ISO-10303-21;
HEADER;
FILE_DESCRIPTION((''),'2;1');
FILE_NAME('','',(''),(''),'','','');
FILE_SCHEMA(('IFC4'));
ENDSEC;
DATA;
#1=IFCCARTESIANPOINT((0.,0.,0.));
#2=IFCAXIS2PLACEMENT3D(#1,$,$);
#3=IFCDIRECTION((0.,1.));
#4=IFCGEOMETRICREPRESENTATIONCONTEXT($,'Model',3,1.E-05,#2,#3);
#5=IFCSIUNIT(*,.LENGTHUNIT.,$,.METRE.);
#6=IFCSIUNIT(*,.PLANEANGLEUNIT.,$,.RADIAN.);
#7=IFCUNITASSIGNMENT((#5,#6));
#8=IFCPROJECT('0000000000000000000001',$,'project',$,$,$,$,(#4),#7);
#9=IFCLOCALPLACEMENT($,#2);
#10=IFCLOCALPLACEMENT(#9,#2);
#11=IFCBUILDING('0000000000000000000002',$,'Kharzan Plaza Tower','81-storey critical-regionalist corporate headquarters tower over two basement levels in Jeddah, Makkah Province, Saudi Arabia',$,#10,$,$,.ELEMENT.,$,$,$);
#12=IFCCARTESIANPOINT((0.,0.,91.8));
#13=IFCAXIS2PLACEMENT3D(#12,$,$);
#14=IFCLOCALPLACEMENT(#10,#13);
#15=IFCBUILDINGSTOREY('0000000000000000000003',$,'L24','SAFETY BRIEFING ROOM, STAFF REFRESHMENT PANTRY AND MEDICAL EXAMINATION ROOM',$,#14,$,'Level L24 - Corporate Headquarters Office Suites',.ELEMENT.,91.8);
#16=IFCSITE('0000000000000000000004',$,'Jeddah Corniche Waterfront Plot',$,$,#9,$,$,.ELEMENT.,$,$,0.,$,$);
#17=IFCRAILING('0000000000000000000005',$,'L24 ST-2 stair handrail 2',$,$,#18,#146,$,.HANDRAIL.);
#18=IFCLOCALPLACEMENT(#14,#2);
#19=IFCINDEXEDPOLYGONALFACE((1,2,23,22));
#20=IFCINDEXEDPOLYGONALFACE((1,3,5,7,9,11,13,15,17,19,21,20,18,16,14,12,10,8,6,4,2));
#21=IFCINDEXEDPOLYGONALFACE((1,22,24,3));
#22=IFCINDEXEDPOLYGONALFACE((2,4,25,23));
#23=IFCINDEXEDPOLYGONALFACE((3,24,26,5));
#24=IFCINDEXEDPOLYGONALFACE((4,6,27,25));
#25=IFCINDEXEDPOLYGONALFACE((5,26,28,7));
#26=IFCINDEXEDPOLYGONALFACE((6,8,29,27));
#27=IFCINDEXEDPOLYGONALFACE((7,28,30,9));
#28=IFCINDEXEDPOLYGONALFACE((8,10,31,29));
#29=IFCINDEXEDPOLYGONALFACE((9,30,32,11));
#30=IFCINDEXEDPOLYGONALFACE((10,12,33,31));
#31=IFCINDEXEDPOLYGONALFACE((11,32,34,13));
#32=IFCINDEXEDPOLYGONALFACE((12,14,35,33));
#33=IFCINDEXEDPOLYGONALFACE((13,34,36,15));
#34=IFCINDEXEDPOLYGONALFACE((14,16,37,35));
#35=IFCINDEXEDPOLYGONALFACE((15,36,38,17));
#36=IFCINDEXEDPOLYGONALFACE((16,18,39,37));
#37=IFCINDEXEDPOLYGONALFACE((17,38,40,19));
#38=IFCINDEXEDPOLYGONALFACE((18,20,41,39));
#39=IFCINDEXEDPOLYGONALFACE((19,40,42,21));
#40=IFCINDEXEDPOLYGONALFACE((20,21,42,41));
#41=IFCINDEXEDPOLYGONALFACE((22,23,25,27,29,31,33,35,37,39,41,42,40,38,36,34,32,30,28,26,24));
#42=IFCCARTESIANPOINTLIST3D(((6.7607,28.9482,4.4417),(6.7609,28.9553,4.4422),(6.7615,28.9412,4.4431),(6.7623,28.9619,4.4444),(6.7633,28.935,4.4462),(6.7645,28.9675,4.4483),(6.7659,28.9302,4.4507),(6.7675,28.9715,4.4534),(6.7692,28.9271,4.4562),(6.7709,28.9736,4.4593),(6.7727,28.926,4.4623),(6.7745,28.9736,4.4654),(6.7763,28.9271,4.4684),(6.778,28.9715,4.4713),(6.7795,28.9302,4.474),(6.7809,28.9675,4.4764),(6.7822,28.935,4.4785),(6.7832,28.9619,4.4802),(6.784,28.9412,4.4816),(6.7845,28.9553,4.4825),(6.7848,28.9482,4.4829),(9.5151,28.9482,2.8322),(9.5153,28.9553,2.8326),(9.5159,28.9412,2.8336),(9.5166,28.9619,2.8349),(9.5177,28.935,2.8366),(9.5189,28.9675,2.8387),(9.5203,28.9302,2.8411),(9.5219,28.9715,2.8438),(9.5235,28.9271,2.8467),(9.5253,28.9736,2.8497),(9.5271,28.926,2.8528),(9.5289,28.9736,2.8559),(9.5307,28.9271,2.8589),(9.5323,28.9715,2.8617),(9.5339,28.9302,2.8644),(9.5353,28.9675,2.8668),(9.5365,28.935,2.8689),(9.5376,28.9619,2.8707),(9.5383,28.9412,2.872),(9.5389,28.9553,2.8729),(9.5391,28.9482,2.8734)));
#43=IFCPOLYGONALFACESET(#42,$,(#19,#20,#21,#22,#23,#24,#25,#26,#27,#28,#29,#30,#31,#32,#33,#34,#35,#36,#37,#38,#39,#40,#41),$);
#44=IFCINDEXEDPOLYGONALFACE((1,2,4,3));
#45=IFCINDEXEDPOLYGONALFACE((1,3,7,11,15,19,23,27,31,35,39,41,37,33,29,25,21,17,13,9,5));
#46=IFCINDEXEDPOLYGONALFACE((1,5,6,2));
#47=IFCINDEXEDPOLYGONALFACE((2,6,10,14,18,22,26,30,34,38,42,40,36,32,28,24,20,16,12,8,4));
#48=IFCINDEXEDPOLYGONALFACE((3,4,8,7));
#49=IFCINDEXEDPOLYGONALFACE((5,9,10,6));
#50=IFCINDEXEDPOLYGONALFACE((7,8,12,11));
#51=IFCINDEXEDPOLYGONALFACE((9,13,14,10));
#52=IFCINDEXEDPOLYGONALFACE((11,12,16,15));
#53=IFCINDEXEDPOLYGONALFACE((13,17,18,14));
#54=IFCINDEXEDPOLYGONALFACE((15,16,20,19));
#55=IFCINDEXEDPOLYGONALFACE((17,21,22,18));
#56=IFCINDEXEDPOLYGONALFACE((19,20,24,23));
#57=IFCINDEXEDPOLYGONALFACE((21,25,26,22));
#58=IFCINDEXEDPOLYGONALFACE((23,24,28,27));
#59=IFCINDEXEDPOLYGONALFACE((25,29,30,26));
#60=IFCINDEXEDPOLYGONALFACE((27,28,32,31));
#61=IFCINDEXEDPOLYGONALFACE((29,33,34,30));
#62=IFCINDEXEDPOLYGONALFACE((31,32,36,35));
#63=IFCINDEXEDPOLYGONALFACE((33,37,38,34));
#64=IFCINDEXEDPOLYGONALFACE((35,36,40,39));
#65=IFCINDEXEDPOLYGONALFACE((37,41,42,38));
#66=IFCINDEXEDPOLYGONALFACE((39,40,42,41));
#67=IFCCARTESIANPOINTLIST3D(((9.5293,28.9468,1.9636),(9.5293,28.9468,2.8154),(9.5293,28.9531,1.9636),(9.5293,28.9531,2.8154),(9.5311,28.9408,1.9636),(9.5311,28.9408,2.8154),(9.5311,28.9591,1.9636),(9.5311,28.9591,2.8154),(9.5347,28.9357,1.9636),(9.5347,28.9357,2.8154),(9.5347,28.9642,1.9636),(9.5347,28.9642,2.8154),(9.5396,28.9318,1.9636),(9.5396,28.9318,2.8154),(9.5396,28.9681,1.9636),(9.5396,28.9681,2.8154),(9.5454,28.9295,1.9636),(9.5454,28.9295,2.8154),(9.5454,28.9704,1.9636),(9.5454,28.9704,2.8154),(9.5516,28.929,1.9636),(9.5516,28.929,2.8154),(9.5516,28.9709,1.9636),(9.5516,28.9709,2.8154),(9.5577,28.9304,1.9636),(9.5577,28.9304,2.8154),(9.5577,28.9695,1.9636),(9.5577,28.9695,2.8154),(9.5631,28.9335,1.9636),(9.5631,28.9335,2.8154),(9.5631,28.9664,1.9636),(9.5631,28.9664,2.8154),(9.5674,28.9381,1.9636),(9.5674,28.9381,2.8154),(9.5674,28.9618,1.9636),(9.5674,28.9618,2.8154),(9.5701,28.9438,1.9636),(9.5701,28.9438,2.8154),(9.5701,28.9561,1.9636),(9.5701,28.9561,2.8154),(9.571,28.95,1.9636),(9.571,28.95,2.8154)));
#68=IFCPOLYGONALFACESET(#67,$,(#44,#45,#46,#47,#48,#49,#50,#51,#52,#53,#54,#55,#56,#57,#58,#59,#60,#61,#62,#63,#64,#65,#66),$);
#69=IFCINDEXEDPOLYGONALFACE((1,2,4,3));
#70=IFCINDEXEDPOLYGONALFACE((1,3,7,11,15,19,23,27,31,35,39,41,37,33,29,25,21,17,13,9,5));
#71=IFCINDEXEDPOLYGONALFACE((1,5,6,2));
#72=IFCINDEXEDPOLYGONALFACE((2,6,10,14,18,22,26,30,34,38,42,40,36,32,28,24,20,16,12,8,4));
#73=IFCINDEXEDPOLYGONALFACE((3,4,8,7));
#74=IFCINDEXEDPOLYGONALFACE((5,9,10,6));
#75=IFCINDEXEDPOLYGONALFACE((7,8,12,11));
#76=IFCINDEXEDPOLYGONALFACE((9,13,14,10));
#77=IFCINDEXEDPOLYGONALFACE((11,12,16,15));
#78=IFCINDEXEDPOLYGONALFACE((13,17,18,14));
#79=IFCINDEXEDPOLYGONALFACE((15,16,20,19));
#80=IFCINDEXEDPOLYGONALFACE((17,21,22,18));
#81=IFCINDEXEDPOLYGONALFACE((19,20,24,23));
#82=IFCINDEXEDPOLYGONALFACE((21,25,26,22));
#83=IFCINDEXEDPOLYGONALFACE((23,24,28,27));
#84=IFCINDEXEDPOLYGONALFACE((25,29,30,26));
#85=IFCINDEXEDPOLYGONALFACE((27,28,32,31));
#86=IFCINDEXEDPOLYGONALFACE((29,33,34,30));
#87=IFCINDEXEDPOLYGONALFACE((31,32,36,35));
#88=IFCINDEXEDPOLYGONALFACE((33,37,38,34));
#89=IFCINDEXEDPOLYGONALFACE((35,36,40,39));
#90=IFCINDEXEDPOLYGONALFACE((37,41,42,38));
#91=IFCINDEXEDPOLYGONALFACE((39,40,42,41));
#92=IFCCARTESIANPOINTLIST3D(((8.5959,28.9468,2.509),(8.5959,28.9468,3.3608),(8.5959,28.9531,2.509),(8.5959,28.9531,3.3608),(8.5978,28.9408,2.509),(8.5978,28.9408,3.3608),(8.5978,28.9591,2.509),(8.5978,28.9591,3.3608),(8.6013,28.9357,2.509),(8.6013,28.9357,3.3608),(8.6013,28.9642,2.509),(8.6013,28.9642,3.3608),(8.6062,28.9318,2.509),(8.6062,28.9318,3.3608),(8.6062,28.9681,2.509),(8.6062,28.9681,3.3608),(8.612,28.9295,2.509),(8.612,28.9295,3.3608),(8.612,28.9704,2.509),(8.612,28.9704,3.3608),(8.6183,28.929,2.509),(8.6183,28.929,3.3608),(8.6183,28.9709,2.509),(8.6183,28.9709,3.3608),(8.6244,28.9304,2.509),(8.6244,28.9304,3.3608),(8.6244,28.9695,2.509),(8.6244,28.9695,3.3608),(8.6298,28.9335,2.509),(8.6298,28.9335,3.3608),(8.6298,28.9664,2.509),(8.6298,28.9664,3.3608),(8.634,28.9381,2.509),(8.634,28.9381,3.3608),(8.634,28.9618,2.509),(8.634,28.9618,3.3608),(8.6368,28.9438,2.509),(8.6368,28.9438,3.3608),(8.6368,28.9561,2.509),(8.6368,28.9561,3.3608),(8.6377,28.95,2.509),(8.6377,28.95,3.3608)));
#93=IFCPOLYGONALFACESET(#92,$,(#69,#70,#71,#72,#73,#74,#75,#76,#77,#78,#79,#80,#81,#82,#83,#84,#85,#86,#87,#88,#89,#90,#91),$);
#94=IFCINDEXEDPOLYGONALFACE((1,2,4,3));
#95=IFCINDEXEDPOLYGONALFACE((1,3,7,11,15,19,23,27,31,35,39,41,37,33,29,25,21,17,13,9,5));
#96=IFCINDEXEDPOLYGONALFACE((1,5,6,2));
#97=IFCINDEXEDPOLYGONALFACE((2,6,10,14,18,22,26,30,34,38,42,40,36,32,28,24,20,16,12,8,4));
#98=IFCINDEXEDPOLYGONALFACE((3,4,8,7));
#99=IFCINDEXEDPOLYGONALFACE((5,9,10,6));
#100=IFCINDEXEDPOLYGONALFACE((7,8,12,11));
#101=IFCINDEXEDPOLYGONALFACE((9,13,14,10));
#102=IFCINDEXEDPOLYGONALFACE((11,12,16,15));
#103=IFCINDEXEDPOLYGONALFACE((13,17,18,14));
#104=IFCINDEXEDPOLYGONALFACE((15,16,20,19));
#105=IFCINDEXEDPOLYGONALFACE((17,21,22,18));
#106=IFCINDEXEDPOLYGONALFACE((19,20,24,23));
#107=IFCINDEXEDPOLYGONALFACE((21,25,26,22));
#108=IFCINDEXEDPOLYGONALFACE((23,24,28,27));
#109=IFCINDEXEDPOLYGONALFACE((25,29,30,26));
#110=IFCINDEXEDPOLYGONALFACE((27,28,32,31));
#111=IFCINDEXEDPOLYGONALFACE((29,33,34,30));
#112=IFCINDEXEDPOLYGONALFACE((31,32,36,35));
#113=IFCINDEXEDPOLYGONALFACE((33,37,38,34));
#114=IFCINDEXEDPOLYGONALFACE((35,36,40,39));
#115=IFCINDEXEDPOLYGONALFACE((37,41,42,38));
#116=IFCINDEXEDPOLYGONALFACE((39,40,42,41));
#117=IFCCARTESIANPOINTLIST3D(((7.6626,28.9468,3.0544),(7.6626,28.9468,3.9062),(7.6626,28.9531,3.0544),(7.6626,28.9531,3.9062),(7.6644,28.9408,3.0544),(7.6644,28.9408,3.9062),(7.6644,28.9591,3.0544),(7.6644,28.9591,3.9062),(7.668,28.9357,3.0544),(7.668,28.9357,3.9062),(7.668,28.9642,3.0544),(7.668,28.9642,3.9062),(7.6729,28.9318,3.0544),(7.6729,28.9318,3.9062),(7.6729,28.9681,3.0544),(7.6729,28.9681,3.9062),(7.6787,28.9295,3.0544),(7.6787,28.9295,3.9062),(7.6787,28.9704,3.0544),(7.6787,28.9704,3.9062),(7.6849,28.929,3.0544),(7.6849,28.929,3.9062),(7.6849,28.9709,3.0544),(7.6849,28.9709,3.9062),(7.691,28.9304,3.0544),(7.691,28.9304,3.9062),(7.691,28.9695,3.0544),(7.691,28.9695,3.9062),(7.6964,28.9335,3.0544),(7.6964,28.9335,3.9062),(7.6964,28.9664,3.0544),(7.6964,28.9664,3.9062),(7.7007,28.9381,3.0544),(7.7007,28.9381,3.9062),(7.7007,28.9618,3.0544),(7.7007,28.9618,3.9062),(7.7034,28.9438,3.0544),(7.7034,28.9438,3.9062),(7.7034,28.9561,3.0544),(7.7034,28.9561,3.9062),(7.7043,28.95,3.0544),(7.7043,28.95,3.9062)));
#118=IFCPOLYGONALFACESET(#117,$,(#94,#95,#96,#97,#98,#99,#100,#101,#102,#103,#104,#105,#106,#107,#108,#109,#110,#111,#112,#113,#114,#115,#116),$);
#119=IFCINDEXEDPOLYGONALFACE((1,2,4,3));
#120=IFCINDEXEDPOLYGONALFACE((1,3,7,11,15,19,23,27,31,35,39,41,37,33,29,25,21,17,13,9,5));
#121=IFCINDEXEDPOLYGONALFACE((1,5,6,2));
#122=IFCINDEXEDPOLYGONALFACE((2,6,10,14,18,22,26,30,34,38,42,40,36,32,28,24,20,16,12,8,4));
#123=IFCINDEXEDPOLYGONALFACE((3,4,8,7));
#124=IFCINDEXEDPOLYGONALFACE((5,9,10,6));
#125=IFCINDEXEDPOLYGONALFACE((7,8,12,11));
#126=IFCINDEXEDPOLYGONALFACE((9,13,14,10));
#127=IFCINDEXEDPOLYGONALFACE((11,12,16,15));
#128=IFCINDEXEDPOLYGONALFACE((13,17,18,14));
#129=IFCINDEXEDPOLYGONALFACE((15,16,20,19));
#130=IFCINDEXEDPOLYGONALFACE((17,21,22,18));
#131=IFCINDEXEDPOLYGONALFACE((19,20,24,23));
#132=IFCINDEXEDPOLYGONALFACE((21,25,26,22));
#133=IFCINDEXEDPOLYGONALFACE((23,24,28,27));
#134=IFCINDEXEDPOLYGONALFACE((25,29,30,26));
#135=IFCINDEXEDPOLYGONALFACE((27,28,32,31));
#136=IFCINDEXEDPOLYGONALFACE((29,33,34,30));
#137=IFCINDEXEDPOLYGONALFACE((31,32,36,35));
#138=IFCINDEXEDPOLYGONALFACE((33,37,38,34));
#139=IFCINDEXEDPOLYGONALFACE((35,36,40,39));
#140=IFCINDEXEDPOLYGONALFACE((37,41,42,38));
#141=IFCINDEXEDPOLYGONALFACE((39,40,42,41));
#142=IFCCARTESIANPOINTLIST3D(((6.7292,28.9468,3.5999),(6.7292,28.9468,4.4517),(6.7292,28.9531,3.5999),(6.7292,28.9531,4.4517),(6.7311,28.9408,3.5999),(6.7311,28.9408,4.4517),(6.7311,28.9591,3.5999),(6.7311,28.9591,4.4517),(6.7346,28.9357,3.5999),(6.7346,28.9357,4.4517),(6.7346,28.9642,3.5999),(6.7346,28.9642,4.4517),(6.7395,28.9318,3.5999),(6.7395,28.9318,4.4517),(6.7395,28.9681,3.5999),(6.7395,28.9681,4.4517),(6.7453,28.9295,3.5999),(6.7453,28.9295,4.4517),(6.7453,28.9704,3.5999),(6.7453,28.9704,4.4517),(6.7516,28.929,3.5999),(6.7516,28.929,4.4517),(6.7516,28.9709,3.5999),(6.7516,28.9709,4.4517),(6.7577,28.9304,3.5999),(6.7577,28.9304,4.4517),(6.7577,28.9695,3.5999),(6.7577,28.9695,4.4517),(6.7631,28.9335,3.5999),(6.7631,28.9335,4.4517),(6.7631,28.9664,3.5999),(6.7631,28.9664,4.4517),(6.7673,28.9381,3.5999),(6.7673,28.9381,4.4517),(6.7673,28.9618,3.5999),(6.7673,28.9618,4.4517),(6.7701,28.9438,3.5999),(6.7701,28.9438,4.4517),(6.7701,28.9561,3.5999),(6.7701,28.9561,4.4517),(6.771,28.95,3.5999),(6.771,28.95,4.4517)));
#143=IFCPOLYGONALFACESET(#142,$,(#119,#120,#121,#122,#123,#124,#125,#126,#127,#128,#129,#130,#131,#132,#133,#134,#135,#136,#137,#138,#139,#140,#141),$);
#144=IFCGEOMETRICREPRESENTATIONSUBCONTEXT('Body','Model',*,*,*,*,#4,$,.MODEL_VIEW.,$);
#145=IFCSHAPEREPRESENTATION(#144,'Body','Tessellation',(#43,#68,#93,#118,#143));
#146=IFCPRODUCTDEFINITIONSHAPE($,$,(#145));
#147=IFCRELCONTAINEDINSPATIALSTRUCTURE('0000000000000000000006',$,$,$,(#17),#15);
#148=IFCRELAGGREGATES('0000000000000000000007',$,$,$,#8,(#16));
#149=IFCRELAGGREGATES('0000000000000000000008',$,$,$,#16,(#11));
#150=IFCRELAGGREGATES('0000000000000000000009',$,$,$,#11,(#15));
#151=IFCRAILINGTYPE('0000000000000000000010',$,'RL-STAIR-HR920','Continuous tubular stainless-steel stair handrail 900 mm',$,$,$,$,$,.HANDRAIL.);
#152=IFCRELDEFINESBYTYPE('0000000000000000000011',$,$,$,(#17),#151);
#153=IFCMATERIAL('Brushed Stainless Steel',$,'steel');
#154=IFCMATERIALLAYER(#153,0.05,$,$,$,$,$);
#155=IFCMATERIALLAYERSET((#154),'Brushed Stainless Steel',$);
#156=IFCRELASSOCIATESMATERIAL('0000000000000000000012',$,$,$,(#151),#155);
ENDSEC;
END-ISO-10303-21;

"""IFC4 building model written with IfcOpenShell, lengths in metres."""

from ifc_helpers import new_model, si_unit, direction, frame, origin, origin_2d, place, context, subcontext, project, spatial, circle, extrude, source, transform, mapped, material, layer, layer_set, type_object, element, save


model = new_model("IFC4")

# Units and contexts
model_context = context("Model", 3, precision=1e-05, world=origin(), true_north=direction((0.0, 1.0)))
body_context = subcontext(model_context, "Body", "Model", "MODEL_VIEW")
ifc_project = project(units=[si_unit("LENGTHUNIT", "METRE"), si_unit("PLANEANGLEUNIT", "RADIAN")], contexts=[model_context])

# Site, building, storey
site_placement = place(None, origin())
site = spatial("IfcSite", under=ifc_project, at=site_placement, Name="Jeddah Corniche Waterfront Plot", CompositionType="ELEMENT", RefElevation=0.0)
building_placement = place(site_placement, origin())
building = spatial("IfcBuilding", under=site, at=building_placement, Name="Kharzan Plaza Tower", Description="81-storey critical-regionalist corporate headquarters tower over two basement levels in Jeddah, Makkah Province, Saudi Arabia", CompositionType="ELEMENT")
storey_placement = place(building_placement, frame((0.0, 0.0, 91.8)))
storey = spatial("IfcBuildingStorey", under=building, at=storey_placement, Name="L24", Description="SAFETY BRIEFING ROOM, STAFF REFRESHMENT PANTRY AND MEDICAL EXAMINATION ROOM", LongName="Level L24 - Corporate Headquarters Office Suites", CompositionType="ELEMENT", Elevation=91.8)

# Shared definitions
ifc_material_1 = material(Name="Brushed Stainless Steel", Category="steel")

# Railing
ifc_layer_1 = layer(ifc_material_1, 0.05)
ifc_layer_set_1 = layer_set([ifc_layer_1], Name="Brushed Stainless Steel")
railing_type_1 = type_object("IfcRailingType", Name="RL-STAIR-HR920", Description="Continuous tubular stainless-steel stair handrail 900 mm", PredefinedType="HANDRAIL", material=ifc_layer_set_1)
shared_shape_1 = source(origin(), body_context, "Body", "SweptSolid", [
    extrude(circle(Radius=0.0239, at=origin_2d()), frame((-0.0229, 0.0, 0.8892), z_axis=(-0.863394, 0.0, 0.504531), x_axis=(0.0, -1.0, 0.0)), (0.0, 0.0, 1.0), 3.1902),
    extrude(circle(Radius=0.021, at=origin_2d()), origin(), (0.0, 0.0, 1.0), 0.8518),
    extrude(circle(Radius=0.021, at=origin_2d()), frame((-0.9333, 0.0, 0.5454)), (0.0, 0.0, 1.0), 0.8518),
    extrude(circle(Radius=0.021, at=origin_2d()), frame((-1.8667, 0.0, 1.0908)), (0.0, 0.0, 1.0), 0.8518),
    extrude(circle(Radius=0.021, at=origin_2d()), frame((-2.8, 0.0, 1.6362)), (0.0, 0.0, 1.0), 0.8518),
])
railing_1_placement = place(storey_placement, frame((9.55, 28.95, 1.9636)))
element("IfcRailing", 1, at=railing_1_placement, inside=storey, type_object=railing_type_1, Name="L24 ST-2 stair handrail 2", PredefinedType="HANDRAIL", context=body_context, shape_type="MappedRepresentation", body=[
    mapped(shared_shape_1, transform((0.0, 0.0, 0.0), x_axis=(1.0, 0.0, 0.0), y_axis=(0.0, 1.0, 0.0), z_axis=(0.0, 0.0, 1.0))),
])

save(model, "model.ifc")
